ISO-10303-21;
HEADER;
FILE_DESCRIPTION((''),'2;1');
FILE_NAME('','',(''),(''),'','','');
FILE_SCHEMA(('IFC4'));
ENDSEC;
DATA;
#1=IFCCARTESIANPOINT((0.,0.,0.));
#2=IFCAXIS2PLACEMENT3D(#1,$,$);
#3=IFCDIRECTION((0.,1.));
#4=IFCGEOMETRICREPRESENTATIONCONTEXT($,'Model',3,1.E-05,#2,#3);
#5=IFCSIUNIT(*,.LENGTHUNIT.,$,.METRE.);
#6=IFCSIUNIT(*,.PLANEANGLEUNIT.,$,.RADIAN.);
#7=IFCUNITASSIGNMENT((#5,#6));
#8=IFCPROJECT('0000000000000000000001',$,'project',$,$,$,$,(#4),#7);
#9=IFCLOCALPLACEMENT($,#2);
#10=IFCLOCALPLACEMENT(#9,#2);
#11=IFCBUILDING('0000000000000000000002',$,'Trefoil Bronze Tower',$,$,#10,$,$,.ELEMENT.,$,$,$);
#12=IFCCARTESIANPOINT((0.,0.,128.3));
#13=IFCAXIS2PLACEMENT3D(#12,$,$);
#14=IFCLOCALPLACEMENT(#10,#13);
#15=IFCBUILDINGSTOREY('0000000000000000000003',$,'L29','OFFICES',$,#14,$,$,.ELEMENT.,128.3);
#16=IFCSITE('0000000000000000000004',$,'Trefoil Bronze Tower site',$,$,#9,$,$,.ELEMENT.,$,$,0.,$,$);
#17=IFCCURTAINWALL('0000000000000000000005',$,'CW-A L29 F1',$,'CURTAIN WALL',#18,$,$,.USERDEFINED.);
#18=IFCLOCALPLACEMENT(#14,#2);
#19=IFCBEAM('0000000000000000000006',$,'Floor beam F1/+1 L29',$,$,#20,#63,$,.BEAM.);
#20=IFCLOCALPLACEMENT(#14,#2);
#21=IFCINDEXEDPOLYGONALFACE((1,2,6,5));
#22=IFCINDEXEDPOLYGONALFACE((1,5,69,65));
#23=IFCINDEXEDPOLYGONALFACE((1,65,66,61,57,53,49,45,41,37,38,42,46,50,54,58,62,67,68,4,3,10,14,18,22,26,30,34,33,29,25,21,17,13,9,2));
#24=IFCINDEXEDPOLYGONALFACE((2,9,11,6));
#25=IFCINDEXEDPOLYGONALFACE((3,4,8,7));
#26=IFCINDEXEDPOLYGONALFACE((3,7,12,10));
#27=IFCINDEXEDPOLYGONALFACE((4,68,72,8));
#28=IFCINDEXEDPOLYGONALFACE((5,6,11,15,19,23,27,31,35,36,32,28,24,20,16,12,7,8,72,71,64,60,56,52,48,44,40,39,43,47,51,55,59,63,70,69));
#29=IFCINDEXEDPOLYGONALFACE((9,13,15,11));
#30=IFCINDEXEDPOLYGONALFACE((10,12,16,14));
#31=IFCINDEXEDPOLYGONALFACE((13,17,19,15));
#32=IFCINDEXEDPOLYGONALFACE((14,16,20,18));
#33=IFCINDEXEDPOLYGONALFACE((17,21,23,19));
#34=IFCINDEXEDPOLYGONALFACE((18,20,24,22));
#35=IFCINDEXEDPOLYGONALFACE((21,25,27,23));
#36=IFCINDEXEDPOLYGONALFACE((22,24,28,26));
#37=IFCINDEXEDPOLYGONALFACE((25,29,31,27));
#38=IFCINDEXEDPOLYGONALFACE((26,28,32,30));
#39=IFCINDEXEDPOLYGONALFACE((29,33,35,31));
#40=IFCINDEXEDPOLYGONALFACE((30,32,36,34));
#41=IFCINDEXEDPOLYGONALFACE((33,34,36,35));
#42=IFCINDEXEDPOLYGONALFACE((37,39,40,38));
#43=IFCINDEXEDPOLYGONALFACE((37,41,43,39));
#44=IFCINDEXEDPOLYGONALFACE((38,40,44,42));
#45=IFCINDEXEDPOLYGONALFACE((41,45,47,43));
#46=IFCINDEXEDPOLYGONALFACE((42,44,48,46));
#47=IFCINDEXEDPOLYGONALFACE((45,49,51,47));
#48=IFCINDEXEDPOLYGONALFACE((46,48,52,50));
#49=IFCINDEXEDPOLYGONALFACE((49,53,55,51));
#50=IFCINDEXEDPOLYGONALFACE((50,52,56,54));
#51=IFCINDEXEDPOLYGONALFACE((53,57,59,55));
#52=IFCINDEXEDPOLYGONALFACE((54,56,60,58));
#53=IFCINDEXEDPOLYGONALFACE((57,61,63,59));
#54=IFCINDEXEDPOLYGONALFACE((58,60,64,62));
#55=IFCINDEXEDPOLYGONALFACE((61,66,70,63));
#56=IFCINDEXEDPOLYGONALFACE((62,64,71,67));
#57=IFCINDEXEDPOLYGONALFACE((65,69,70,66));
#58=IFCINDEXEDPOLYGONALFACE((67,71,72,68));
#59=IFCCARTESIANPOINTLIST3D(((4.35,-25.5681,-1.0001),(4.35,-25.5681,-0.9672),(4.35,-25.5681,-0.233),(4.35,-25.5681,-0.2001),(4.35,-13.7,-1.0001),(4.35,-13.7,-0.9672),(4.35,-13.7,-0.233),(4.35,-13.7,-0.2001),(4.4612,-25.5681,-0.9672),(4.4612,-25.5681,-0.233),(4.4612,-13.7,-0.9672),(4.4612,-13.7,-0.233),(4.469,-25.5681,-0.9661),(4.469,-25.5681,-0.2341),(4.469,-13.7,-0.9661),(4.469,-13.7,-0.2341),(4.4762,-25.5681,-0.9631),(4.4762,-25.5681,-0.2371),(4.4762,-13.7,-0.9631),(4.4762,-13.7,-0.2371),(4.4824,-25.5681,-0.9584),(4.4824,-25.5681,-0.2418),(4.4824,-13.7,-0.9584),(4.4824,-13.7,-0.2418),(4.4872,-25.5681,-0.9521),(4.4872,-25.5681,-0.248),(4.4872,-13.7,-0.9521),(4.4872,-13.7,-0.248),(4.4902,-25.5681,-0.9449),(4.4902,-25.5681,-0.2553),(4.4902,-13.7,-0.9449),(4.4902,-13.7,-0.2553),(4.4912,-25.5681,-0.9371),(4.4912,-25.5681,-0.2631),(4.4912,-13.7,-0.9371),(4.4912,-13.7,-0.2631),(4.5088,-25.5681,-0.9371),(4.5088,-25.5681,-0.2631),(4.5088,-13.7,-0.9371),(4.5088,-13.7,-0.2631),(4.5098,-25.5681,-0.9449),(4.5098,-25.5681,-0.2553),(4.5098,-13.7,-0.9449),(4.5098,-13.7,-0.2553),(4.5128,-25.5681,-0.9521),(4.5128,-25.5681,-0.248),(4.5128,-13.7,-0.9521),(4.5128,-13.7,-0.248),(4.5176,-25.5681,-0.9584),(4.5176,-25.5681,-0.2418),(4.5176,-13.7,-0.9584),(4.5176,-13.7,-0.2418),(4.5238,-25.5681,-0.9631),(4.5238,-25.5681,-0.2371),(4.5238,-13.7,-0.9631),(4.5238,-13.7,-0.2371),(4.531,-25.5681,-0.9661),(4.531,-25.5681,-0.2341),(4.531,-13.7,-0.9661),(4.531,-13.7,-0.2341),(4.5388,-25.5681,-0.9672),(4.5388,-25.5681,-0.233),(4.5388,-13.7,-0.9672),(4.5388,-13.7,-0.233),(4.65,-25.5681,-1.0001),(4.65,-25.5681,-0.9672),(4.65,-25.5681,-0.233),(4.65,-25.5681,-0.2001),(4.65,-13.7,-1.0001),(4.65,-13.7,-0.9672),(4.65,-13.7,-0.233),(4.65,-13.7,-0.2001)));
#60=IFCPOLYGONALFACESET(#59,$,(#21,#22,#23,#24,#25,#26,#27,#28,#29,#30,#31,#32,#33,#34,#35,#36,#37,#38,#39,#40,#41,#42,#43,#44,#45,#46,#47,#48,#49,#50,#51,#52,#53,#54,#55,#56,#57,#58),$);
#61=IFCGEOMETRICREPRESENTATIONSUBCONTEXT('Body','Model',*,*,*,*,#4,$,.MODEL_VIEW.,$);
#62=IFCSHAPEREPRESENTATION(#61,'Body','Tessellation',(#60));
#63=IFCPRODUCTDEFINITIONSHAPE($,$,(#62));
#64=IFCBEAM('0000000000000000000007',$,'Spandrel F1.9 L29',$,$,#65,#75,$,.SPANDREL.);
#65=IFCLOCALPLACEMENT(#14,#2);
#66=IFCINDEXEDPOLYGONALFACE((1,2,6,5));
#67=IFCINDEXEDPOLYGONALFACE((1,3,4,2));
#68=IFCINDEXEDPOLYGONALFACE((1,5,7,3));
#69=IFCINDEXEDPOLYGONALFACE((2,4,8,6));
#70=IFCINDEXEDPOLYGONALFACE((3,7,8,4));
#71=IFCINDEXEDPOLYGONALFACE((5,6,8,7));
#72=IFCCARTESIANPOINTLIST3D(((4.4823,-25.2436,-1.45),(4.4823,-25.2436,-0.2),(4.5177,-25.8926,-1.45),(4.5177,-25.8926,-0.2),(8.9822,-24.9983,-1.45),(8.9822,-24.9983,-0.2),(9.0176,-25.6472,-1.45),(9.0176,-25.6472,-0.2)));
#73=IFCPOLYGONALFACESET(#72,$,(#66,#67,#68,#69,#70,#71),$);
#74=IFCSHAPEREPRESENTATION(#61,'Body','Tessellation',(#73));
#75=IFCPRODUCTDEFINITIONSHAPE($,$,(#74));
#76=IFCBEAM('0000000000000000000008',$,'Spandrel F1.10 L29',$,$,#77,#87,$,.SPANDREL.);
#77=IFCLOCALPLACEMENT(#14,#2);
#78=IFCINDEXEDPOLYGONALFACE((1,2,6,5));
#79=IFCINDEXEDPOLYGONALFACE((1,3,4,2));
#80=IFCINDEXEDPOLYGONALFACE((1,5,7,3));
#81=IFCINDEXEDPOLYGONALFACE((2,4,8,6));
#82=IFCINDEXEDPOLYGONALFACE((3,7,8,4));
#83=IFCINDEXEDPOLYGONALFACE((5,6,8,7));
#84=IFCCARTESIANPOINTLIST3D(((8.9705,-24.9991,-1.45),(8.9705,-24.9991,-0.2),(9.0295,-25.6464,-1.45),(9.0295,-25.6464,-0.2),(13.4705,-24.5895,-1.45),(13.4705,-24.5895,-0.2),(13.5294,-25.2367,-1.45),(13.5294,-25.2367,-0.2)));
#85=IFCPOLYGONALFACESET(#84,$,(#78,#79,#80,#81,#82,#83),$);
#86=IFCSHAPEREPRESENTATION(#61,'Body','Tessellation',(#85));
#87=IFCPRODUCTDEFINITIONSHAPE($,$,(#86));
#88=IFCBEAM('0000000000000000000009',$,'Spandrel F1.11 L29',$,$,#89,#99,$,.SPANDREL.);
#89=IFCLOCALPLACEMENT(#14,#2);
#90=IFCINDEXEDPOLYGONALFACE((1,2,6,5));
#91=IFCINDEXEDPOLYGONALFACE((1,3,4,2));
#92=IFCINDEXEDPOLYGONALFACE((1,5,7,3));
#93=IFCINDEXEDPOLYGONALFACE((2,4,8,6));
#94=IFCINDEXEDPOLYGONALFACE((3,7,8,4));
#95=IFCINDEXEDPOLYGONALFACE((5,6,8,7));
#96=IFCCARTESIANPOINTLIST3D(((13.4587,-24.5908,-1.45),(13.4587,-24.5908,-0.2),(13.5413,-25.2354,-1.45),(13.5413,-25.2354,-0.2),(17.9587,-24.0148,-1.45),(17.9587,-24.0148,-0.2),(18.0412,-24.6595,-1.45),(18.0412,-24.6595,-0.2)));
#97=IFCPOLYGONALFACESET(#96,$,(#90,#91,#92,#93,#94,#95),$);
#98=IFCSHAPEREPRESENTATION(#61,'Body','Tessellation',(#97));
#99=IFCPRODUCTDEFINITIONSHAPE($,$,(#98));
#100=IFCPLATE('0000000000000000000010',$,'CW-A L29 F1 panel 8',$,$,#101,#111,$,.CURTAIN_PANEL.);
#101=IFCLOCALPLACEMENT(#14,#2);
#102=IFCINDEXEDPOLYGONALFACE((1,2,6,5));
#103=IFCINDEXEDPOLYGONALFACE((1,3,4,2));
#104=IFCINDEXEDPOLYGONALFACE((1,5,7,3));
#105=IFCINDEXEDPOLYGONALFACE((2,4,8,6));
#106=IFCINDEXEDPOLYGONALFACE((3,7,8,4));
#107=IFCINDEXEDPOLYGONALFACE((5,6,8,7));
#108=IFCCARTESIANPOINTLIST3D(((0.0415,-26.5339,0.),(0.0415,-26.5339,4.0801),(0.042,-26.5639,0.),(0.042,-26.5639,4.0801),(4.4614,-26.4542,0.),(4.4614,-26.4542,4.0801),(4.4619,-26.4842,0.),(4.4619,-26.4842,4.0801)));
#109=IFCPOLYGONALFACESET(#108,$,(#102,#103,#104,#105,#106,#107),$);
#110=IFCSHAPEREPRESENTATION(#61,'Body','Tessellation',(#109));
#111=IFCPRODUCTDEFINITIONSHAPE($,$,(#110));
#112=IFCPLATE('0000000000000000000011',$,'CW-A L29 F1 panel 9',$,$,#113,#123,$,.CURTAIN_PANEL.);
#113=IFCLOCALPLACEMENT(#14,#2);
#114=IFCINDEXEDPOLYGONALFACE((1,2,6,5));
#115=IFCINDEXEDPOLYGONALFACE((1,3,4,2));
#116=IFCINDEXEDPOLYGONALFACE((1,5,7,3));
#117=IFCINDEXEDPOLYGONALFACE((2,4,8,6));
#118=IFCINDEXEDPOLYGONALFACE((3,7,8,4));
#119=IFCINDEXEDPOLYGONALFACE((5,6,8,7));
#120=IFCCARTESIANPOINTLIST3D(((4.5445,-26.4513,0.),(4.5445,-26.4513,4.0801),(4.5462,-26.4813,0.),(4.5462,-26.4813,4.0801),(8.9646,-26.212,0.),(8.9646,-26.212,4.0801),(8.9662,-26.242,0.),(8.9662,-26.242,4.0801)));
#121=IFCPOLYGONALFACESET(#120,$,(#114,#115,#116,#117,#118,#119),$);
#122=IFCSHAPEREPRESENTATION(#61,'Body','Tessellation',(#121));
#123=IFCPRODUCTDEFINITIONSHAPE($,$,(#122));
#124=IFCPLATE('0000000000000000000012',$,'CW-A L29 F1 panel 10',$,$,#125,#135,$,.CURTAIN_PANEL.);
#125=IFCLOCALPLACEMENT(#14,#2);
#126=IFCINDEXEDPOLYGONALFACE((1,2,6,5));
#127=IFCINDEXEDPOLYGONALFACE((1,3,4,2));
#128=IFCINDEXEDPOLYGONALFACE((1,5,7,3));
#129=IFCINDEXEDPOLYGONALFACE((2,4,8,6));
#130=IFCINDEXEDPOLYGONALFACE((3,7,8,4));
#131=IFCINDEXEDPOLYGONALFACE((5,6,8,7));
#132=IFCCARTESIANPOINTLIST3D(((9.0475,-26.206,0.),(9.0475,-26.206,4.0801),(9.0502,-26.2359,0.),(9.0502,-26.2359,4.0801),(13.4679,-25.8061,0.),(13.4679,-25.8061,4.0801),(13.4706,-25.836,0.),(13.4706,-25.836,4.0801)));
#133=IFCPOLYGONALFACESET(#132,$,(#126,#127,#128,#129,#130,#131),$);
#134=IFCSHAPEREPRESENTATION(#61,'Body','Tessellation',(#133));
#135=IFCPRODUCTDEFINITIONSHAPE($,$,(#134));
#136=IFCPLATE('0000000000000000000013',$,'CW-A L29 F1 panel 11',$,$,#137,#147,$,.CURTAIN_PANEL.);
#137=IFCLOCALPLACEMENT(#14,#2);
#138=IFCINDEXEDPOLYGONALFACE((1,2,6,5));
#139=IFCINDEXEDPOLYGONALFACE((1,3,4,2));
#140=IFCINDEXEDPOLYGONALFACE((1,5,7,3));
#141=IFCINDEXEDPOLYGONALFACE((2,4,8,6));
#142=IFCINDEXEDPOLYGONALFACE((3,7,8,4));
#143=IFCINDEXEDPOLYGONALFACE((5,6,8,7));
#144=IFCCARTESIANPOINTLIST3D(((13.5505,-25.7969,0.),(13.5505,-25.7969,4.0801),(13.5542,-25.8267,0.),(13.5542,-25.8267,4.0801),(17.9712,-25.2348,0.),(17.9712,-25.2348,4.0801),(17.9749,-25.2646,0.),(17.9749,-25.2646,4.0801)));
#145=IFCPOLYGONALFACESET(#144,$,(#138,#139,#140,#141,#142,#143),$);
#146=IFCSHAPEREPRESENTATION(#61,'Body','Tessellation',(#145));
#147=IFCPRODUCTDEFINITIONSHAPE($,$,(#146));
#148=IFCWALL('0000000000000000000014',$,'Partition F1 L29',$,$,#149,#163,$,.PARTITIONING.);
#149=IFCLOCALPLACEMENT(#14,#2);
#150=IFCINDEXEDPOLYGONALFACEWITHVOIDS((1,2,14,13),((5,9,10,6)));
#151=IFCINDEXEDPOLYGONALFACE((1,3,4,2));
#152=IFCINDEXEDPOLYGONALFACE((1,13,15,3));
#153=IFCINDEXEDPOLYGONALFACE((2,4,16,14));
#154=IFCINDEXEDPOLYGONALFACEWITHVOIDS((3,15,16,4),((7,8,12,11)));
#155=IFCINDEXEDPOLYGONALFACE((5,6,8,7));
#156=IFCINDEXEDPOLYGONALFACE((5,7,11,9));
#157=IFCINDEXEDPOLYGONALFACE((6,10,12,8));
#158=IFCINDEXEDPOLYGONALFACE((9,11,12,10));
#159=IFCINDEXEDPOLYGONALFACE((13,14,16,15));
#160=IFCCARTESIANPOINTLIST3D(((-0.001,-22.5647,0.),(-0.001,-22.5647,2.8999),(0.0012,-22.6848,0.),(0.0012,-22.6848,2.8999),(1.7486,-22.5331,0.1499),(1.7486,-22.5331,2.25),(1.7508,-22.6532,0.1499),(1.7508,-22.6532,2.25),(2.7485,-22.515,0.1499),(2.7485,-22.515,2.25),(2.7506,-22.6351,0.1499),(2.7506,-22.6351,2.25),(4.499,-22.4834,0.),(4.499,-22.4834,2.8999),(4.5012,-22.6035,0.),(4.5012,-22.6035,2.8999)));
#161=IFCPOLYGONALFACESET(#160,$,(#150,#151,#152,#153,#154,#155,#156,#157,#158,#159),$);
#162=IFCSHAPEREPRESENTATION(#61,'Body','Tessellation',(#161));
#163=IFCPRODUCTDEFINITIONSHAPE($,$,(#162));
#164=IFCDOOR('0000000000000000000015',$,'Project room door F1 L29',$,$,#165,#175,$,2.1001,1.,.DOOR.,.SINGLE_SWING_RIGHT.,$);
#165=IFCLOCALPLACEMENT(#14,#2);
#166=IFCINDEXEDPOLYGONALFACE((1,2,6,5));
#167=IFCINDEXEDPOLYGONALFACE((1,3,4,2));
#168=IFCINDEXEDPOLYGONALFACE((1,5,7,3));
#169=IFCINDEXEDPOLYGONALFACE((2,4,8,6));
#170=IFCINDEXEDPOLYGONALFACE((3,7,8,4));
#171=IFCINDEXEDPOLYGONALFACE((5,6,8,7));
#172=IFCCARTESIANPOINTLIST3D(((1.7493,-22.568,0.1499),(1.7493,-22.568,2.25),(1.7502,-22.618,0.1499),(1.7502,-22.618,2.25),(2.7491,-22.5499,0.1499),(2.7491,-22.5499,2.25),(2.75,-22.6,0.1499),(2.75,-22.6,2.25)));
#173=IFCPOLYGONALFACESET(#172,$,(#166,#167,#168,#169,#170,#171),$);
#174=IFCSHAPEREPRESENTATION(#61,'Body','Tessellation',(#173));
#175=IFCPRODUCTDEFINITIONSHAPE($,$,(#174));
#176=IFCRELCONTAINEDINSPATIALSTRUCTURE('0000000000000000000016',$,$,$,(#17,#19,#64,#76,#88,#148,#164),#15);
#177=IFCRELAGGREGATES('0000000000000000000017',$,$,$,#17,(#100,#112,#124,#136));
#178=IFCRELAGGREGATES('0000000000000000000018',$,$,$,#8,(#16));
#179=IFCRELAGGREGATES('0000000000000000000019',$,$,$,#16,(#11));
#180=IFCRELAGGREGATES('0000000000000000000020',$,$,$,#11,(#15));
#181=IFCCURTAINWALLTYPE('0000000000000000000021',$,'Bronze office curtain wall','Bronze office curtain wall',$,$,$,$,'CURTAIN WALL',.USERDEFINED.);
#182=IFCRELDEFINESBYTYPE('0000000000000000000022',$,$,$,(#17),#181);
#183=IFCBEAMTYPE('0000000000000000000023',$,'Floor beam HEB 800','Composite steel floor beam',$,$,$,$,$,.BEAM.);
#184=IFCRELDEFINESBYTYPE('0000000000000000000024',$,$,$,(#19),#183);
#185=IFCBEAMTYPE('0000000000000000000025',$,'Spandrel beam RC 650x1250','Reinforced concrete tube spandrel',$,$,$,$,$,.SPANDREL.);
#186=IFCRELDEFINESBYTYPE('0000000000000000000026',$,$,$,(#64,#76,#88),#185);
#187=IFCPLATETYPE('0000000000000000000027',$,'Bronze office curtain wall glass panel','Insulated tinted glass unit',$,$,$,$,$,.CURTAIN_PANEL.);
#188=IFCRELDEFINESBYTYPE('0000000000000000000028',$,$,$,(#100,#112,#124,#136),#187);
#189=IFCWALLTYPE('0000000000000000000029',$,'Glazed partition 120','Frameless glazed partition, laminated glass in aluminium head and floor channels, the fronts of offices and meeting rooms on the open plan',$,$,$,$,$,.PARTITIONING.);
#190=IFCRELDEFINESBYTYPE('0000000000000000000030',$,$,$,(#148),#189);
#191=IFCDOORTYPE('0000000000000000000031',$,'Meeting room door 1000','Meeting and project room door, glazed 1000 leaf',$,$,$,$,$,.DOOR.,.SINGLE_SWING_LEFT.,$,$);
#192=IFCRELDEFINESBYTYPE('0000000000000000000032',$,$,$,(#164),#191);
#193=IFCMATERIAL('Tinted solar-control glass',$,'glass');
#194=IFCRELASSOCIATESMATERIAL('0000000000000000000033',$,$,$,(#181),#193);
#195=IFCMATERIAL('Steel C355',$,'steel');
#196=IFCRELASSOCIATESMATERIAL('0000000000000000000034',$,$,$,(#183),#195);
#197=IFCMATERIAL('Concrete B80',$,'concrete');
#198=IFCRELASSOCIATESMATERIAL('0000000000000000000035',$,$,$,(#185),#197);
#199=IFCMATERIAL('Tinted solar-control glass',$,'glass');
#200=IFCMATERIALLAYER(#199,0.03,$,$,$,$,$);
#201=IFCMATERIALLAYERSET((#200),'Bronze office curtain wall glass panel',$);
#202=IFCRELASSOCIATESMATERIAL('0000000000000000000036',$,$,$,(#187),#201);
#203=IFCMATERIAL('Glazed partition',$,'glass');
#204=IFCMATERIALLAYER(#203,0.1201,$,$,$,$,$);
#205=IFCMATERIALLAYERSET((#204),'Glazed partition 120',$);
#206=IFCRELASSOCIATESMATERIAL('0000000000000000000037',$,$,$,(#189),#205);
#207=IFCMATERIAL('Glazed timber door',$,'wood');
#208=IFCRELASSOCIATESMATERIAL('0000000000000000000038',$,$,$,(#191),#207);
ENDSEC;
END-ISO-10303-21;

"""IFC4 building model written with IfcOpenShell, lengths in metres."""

from ifc_helpers import new_model, si_unit, direction, frame, frame_2d, origin, origin_2d, place, context, subcontext, project, spatial, rectangle, i_section, extrude, material, layer, layer_set, material_profile, profile_set, type_object, element, fill, aggregate, save


model = new_model("IFC4")

# Units and contexts
model_context = context("Model", 3, precision=1e-05, world=origin(), true_north=direction((0.0, 1.0)))
body_context = subcontext(model_context, "Body", "Model", "MODEL_VIEW")
ifc_project = project(units=[si_unit("LENGTHUNIT", "METRE"), si_unit("PLANEANGLEUNIT", "RADIAN")], contexts=[model_context])

# Site, building, storey
site_placement = place(None, origin())
site = spatial("IfcSite", under=ifc_project, at=site_placement, Name="Trefoil Bronze Tower site", CompositionType="ELEMENT", RefElevation=0.0)
building_placement = place(site_placement, origin())
building = spatial("IfcBuilding", under=site, at=building_placement, Name="Trefoil Bronze Tower", CompositionType="ELEMENT")
storey_placement = place(building_placement, frame((0.0, 0.0, 128.3)))
storey = spatial("IfcBuildingStorey", under=building, at=storey_placement, Name="L29", Description="OFFICES", CompositionType="ELEMENT", Elevation=128.3)

# Curtain wall
ifc_material_1 = material(Name="Tinted solar-control glass", Category="glass")
curtain_wall_type = type_object("IfcCurtainWallType", Name="Bronze office curtain wall", Description="Bronze office curtain wall", ElementType="CURTAIN WALL", PredefinedType="USERDEFINED", material=ifc_material_1)
curtain_wall_placement = place(storey_placement, origin())
curtain_wall = element("IfcCurtainWall", 1, at=curtain_wall_placement, inside=storey, type_object=curtain_wall_type, Name="CW-A L29 F1", ObjectType="CURTAIN WALL", PredefinedType="USERDEFINED")

# Beams
ifc_material_2 = material(Name="Steel C355", Category="steel")
ifc_material_profile_1 = material_profile(ifc_material_2, i_section(OverallWidth=0.3, OverallDepth=0.8, WebThickness=0.0176, FlangeThickness=0.033, FilletRadius=0.03, at=origin_2d()), Name="HEB 800")
ifc_profile_set_1 = profile_set([ifc_material_profile_1], Name="Steel C355")
beam_type_1 = type_object("IfcBeamType", Name="Floor beam HEB 800", Description="Composite steel floor beam", PredefinedType="BEAM", material=ifc_profile_set_1)
beam_1_placement = place(storey_placement, frame((4.5, -25.5681, -0.6001), z_axis=(0.0, 1.0, 0.0), x_axis=(-1.0, 0.0, 0.0)))
element("IfcBeam", 2, at=beam_1_placement, inside=storey, type_object=beam_type_1, Name="Floor beam F1/+1 L29", PredefinedType="BEAM", context=body_context, shape_type="SweptSolid", body=[
    extrude(i_section(OverallWidth=0.3, OverallDepth=0.8, WebThickness=0.0176, FlangeThickness=0.033, FilletRadius=0.03, at=origin_2d()), origin(), (0.0, 0.0, 1.0), 11.8682),
])
ifc_material_3 = material(Name="Concrete B80", Category="concrete")
ifc_material_profile_2 = material_profile(ifc_material_3, rectangle(XDim=0.6499, YDim=1.25, at=origin_2d()), Name="RC 650x1250")
ifc_profile_set_2 = profile_set([ifc_material_profile_2], Name="Concrete B80")
beam_type_2 = type_object("IfcBeamType", Name="Spandrel beam RC 650x1250", Description="Reinforced concrete tube spandrel", PredefinedType="SPANDREL", material=ifc_profile_set_2)
beam_2_placement = place(storey_placement, frame((4.5, -25.5681, -0.825), z_axis=(0.998517, 0.054444, 0.0), x_axis=(-0.054444, 0.998517, 0.0)))
element("IfcBeam", 3, at=beam_2_placement, inside=storey, type_object=beam_type_2, Name="Spandrel F1.9 L29", PredefinedType="SPANDREL", context=body_context, shape_type="SweptSolid", body=[
    extrude(rectangle(XDim=0.6499, YDim=1.25, at=origin_2d()), origin(), (0.0, 0.0, 1.0), 4.5066),
])
beam_3_placement = place(storey_placement, frame((9.0, -25.3228, -0.825), z_axis=(0.995882, 0.090662, 0.0), x_axis=(-0.090662, 0.995882, 0.0)))
element("IfcBeam", 4, at=beam_3_placement, inside=storey, type_object=beam_type_2, Name="Spandrel F1.10 L29", PredefinedType="SPANDREL", context=body_context, shape_type="SweptSolid", body=[
    extrude(rectangle(XDim=0.6499, YDim=1.25, at=origin_2d()), origin(), (0.0, 0.0, 1.0), 4.5186),
])
beam_4_placement = place(storey_placement, frame((13.5, -24.9131, -0.825), z_axis=(0.991909, 0.126948, 0.0), x_axis=(-0.126948, 0.991909, 0.0)))
element("IfcBeam", 5, at=beam_4_placement, inside=storey, type_object=beam_type_2, Name="Spandrel F1.11 L29", PredefinedType="SPANDREL", context=body_context, shape_type="SweptSolid", body=[
    extrude(rectangle(XDim=0.6499, YDim=1.25, at=origin_2d()), origin(), (0.0, 0.0, 1.0), 4.5366),
])

# Plates
ifc_material_4 = material(Name="Tinted solar-control glass", Category="glass")
ifc_layer_1 = layer(ifc_material_4, 0.03)
ifc_layer_set_1 = layer_set([ifc_layer_1], Name="Bronze office curtain wall glass panel")
plate_type = type_object("IfcPlateType", Name="Bronze office curtain wall glass panel", Description="Insulated tinted glass unit", PredefinedType="CURTAIN_PANEL", material=ifc_layer_set_1)
plate_1_placement = place(storey_placement, frame((2.2517, -26.509, 0.0), z_axis=(0.0, 0.0, 1.0), x_axis=(0.999838, 0.018021, 0.0)))
plate_1 = element("IfcPlate", 6, at=plate_1_placement, type_object=plate_type, Name="CW-A L29 F1 panel 8", PredefinedType="CURTAIN_PANEL", context=body_context, shape_type="SweptSolid", body=[
    extrude(rectangle(XDim=4.4207, YDim=0.03, at=origin_2d()), origin(), (0.0, 0.0, 1.0), 4.0801),
])
plate_2_placement = place(storey_placement, frame((6.7554, -26.3467, 0.0), z_axis=(0.0, 0.0, 1.0), x_axis=(0.998538, 0.054063, 0.0)))
plate_2 = element("IfcPlate", 7, at=plate_2_placement, type_object=plate_type, Name="CW-A L29 F1 panel 9", PredefinedType="CURTAIN_PANEL", context=body_context, shape_type="SweptSolid", body=[
    extrude(rectangle(XDim=4.4265, YDim=0.03, at=origin_2d()), origin(), (0.0, 0.0, 1.0), 4.0801),
])
plate_3_placement = place(storey_placement, frame((11.259, -26.021, 0.0), z_axis=(0.0, 0.0, 1.0), x_axis=(0.995932, 0.090105, 0.0)))
plate_3 = element("IfcPlate", 8, at=plate_3_placement, type_object=plate_type, Name="CW-A L29 F1 panel 10", PredefinedType="CURTAIN_PANEL", context=body_context, shape_type="SweptSolid", body=[
    extrude(rectangle(XDim=4.4385, YDim=0.03, at=origin_2d()), origin(), (0.0, 0.0, 1.0), 4.0801),
])
plate_4_placement = place(storey_placement, frame((15.7627, -25.5308, 0.0), z_axis=(0.0, 0.0, 1.0), x_axis=(0.992012, 0.126147, 0.0)))
plate_4 = element("IfcPlate", 9, at=plate_4_placement, type_object=plate_type, Name="CW-A L29 F1 panel 11", PredefinedType="CURTAIN_PANEL", context=body_context, shape_type="SweptSolid", body=[
    extrude(rectangle(XDim=4.4563, YDim=0.03, at=origin_2d()), origin(), (0.0, 0.0, 1.0), 4.0801),
])
aggregate(curtain_wall, [plate_1, plate_2, plate_3, plate_4])

# Wall, opening, door
ifc_material_5 = material(Name="Glazed partition", Category="glass")
ifc_layer_2 = layer(ifc_material_5, 0.1201)
ifc_layer_set_2 = layer_set([ifc_layer_2], Name="Glazed partition 120")
wall_type_1 = type_object("IfcWallType", Name="Glazed partition 120", Description="Frameless glazed partition, laminated glass in aluminium head and floor channels, the fronts of offices and meeting rooms on the open plan", PredefinedType="PARTITIONING", material=ifc_layer_set_2)
wall_1_placement = place(storey_placement, frame((0.0, -22.6248, 0.0), z_axis=(0.0, 0.0, 1.0), x_axis=(0.999837, 0.018063, 0.0)))
wall_1 = element("IfcWall", 10, at=wall_1_placement, inside=storey, type_object=wall_type_1, Name="Partition F1 L29", PredefinedType="PARTITIONING", context=body_context, shape_type="SweptSolid", body=[
    extrude(rectangle(XDim=4.5007, YDim=0.1201, at=frame_2d((2.2505, 0.0))), origin(), (0.0, 0.0, 1.0), 2.8999),
])
opening_1_placement = place(wall_1_placement, frame((1.75, 0.0, 0.1499)))
opening_1 = element("IfcOpeningElement", 11, at=opening_1_placement, cuts=wall_1, PredefinedType="OPENING", context=body_context, shape_type="SweptSolid", body=[
    extrude(rectangle(XDim=1.0, YDim=2.1001, at=frame_2d((0.5, 1.05))), frame((0.0, 0.0701, 0.0), z_axis=(0.0, -1.0, 0.0), x_axis=(1.0, 0.0, 0.0)), (0.0, 0.0, 1.0), 0.1401),
])
ifc_material_6 = material(Name="Glazed timber door", Category="wood")
door_type_1 = type_object("IfcDoorType", Name="Meeting room door 1000", Description="Meeting and project room door, glazed 1000 leaf", OperationType="SINGLE_SWING_LEFT", PredefinedType="DOOR", material=ifc_material_6)
door_1_placement = place(opening_1_placement, frame((1.0, 0.0, 0.0), z_axis=(0.0, 0.0, 1.0), x_axis=(-1.0, 0.0, 0.0)))
door_1 = element("IfcDoor", 12, at=door_1_placement, inside=storey, type_object=door_type_1, Name="Project room door F1 L29", OperationType="SINGLE_SWING_RIGHT", OverallHeight=2.1001, OverallWidth=1.0, PredefinedType="DOOR", context=body_context, shape_type="SweptSolid", body=[
    extrude(rectangle(XDim=1.0, YDim=2.1001, at=frame_2d((0.5, 1.05))), frame((0.0, 0.0249, 0.0), z_axis=(0.0, -1.0, 0.0), x_axis=(1.0, 0.0, 0.0)), (0.0, 0.0, 1.0), 0.05),
])
fill(opening_1, door_1)

save(model, "model.ifc")
